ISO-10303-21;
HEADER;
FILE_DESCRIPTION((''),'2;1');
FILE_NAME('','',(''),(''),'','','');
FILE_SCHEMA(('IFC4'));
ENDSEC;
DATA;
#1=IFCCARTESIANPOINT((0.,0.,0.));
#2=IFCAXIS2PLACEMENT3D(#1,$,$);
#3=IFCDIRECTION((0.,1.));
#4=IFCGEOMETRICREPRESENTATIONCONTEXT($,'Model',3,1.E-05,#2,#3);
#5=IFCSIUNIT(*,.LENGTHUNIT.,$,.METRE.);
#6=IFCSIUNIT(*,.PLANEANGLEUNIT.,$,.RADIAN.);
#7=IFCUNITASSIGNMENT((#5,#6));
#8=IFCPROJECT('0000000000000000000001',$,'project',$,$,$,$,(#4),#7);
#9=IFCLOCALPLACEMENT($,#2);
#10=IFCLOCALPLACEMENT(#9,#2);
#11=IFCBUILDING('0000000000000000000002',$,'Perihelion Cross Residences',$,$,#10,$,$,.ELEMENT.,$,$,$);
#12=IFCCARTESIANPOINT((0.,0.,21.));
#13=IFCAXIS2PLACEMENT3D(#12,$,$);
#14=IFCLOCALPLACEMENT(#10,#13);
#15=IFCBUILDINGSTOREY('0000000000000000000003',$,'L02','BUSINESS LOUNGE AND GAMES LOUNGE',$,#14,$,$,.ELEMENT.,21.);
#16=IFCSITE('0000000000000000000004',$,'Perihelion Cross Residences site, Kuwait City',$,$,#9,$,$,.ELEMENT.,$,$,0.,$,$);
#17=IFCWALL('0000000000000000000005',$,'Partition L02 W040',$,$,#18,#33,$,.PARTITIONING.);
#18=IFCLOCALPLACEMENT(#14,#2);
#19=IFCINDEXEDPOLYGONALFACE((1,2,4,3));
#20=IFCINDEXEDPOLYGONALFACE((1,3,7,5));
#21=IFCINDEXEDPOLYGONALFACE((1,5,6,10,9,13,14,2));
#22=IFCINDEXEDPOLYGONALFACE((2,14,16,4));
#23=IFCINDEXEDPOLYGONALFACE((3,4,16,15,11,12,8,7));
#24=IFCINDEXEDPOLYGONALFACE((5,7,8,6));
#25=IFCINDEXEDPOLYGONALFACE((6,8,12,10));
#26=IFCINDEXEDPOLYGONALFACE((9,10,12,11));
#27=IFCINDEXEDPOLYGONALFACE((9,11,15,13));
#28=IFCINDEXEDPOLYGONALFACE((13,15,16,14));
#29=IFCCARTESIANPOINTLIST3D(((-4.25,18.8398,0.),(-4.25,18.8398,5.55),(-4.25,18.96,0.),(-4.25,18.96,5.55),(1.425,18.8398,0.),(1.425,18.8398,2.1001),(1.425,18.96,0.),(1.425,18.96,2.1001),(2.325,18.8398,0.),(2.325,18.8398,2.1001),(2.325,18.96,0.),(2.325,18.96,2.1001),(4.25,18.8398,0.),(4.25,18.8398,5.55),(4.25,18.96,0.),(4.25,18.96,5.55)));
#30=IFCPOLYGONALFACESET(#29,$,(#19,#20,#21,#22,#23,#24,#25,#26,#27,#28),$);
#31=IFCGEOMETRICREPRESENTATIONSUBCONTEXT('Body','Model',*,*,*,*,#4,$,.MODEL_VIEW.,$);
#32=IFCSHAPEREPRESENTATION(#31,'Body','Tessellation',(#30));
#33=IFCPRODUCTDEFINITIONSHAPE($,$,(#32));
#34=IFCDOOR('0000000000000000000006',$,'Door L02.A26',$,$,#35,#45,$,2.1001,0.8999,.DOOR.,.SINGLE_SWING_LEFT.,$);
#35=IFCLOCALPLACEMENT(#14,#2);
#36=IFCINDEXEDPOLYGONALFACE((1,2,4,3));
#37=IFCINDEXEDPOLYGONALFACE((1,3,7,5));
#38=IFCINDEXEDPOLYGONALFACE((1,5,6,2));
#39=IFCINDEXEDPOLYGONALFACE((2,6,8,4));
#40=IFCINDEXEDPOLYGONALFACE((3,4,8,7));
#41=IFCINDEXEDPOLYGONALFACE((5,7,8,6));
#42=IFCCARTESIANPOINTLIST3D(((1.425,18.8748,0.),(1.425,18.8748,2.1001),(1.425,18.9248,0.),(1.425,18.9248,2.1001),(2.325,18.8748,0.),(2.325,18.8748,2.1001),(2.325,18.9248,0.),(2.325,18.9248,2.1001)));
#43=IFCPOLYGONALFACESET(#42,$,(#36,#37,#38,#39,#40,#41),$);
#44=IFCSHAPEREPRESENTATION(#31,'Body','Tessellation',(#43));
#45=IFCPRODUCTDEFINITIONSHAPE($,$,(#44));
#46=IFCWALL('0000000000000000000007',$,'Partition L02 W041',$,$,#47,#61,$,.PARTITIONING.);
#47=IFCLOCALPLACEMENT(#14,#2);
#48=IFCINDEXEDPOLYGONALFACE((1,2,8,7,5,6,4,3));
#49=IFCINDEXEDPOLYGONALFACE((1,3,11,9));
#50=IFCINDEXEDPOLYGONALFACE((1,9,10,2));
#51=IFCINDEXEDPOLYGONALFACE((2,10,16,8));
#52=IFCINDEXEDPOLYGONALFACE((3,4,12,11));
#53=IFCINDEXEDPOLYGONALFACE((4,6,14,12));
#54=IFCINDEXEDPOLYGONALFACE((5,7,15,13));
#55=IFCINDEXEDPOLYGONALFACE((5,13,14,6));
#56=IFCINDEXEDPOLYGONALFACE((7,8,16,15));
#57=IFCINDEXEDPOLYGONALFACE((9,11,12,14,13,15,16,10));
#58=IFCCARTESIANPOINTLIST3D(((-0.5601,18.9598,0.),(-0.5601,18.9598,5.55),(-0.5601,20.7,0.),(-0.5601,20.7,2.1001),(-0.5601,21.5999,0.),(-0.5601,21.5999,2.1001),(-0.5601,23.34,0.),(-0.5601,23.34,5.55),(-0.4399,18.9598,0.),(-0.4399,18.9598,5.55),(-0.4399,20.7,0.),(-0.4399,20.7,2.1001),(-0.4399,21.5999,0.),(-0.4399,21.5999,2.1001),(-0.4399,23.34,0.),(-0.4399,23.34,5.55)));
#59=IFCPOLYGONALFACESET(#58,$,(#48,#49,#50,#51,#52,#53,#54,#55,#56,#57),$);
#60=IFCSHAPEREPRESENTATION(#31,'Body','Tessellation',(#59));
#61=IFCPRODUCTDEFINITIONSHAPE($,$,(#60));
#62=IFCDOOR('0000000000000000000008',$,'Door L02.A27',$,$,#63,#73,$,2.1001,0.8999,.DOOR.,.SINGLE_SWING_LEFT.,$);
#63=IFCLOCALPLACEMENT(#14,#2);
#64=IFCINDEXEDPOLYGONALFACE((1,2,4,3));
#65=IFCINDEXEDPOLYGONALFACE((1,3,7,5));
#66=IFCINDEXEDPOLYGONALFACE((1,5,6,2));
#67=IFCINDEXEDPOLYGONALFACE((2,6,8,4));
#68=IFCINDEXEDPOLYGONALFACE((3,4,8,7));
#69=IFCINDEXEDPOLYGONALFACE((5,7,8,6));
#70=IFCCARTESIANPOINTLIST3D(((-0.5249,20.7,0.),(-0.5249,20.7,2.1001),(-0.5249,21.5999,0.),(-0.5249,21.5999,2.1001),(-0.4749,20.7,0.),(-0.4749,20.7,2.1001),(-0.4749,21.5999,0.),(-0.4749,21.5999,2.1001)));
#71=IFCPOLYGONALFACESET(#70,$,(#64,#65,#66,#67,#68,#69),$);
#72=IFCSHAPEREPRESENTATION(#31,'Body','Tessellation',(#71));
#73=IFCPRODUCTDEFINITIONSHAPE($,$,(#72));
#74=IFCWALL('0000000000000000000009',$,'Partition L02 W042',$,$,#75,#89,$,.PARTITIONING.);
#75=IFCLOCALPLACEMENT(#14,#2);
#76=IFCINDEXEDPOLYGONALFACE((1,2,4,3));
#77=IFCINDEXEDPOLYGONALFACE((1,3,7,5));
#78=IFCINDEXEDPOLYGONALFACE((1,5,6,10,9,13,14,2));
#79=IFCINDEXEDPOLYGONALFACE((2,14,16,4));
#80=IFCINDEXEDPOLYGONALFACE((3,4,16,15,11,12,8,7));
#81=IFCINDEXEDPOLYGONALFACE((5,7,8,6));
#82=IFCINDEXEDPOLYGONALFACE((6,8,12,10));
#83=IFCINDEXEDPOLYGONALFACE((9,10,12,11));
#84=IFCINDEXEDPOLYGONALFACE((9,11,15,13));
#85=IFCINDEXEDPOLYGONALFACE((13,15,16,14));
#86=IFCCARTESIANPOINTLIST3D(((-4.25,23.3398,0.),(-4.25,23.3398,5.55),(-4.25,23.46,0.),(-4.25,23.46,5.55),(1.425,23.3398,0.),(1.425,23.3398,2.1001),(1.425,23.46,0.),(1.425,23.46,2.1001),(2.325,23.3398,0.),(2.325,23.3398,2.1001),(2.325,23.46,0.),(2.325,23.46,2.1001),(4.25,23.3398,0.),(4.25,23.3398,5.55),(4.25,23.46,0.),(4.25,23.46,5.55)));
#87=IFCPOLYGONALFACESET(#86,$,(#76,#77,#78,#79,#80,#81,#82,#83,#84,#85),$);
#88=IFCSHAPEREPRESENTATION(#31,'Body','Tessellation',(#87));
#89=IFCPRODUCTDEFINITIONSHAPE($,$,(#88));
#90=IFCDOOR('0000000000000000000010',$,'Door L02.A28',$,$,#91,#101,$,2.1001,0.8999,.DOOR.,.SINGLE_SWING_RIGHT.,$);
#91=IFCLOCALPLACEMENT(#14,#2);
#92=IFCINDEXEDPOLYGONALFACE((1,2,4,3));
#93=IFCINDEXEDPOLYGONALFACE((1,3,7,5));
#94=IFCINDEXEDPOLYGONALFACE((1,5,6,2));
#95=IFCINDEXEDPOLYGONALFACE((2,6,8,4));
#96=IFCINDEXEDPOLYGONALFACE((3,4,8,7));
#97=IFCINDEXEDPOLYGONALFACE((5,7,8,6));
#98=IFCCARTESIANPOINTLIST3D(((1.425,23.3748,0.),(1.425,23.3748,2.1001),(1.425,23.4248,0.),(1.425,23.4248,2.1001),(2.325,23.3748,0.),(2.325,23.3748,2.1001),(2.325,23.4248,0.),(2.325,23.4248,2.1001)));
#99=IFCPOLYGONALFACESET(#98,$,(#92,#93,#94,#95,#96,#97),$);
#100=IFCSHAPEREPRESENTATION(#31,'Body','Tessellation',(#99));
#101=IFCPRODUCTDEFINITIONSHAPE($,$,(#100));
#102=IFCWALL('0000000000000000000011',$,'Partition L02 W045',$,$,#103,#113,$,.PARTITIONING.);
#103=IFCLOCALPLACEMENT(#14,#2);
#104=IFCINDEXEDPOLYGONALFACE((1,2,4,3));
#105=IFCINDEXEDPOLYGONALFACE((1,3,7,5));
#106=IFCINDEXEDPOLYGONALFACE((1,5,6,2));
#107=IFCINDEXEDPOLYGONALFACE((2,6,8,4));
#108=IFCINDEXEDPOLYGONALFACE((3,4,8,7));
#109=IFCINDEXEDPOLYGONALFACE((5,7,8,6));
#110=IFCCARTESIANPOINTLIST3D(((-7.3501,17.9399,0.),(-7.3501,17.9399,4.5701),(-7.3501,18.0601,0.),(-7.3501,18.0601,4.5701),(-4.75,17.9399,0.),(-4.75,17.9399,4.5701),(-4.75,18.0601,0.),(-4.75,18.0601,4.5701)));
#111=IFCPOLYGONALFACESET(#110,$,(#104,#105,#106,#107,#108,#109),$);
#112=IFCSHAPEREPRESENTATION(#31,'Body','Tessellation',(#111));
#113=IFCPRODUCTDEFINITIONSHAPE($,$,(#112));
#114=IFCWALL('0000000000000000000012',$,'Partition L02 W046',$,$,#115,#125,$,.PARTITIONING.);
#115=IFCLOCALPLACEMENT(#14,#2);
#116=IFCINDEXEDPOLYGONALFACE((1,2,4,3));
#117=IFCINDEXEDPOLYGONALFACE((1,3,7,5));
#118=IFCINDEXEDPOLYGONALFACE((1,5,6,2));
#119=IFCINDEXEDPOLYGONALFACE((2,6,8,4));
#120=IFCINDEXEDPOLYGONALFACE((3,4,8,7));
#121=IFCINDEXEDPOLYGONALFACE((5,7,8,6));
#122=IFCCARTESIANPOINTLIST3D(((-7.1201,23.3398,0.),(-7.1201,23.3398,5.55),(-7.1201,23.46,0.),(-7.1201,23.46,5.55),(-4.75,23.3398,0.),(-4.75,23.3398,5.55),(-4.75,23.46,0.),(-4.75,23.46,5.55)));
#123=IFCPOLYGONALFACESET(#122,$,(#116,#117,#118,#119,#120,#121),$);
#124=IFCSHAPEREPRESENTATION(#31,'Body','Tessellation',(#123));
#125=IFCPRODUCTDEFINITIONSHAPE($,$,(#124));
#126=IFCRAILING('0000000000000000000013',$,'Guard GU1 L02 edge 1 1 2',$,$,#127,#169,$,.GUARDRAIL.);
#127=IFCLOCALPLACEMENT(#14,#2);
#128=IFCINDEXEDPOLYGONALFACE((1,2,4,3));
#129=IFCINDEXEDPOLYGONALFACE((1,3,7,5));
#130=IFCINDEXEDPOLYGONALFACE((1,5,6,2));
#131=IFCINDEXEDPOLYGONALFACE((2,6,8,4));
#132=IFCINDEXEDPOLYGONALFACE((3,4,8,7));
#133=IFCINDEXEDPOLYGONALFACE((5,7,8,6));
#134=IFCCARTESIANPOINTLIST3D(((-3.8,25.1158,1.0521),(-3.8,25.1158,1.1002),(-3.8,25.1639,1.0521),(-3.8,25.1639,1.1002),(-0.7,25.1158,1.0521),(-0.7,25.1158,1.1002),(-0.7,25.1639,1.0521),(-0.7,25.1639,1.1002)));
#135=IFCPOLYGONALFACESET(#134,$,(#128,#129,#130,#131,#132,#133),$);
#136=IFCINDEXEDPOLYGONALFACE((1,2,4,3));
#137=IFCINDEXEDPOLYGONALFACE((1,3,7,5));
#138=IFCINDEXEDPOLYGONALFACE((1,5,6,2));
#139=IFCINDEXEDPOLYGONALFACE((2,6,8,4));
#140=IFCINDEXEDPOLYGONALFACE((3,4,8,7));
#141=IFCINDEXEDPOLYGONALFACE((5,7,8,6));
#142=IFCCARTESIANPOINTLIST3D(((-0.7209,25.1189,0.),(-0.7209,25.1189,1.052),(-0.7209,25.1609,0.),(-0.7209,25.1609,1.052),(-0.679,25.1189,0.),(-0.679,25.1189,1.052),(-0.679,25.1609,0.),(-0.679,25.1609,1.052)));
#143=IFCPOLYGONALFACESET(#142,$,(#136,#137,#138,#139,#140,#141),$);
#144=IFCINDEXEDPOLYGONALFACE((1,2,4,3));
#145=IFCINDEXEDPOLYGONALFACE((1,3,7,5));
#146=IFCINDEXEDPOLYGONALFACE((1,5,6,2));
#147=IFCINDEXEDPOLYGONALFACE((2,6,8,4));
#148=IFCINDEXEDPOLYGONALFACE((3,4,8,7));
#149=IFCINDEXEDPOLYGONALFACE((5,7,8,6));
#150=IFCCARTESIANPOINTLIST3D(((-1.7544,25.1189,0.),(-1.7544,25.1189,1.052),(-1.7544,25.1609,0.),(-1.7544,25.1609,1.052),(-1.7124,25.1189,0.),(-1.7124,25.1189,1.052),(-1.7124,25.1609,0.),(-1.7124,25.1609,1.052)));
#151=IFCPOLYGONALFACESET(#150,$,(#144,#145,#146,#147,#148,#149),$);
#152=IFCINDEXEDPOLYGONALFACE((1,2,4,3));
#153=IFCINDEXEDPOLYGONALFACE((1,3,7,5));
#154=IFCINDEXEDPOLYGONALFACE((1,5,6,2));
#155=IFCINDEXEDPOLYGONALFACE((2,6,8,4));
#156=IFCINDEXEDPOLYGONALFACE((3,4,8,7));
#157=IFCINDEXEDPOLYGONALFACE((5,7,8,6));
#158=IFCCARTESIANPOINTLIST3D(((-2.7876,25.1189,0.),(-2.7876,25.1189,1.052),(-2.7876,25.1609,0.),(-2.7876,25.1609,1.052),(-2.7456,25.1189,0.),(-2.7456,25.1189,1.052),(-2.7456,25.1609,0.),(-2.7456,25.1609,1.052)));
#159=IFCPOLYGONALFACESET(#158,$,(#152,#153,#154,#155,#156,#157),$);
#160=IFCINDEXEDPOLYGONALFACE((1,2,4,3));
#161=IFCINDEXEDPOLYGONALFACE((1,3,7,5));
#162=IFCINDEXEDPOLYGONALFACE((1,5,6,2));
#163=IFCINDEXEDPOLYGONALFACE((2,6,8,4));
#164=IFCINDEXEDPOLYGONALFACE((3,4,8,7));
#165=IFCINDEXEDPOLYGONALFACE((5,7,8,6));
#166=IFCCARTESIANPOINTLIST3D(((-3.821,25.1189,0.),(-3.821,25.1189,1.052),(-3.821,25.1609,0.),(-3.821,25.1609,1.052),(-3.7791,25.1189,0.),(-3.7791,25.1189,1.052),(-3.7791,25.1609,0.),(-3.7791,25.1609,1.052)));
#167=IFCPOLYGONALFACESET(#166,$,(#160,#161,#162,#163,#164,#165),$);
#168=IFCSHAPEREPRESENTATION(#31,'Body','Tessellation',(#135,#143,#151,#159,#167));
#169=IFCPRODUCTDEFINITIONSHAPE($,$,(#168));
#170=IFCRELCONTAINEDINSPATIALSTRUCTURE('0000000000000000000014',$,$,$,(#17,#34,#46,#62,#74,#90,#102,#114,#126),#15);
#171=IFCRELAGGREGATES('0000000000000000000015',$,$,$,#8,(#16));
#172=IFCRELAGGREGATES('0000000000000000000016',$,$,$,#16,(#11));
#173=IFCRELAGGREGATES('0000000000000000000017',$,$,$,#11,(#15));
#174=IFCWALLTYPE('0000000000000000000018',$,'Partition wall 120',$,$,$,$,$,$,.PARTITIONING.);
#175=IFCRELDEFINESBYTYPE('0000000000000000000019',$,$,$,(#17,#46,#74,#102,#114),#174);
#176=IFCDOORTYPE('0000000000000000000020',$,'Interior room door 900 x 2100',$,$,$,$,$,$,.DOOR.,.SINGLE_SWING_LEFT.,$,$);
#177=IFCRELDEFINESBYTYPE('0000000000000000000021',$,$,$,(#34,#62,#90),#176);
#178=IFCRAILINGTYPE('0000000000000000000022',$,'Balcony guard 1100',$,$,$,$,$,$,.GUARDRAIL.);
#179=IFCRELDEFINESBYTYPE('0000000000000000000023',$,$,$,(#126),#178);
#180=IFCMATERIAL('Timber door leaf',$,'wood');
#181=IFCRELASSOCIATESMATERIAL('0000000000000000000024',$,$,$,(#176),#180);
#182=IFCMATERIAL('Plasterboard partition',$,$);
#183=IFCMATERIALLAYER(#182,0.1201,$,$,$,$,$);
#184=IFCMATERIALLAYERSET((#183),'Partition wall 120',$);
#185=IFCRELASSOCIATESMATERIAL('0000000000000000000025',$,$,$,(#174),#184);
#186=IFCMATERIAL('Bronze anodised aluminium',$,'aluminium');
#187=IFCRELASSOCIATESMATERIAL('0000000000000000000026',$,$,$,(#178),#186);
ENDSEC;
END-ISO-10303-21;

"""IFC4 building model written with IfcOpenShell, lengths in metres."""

from ifc_helpers import new_model, si_unit, direction, frame, frame_2d, origin, origin_2d, place, context, subcontext, project, spatial, rectangle, extrude, material, layer, layer_set, type_object, element, fill, save


model = new_model("IFC4")

# Units and contexts
model_context = context("Model", 3, precision=1e-05, world=origin(), true_north=direction((0.0, 1.0)))
body_context = subcontext(model_context, "Body", "Model", "MODEL_VIEW")
ifc_project = project(units=[si_unit("LENGTHUNIT", "METRE"), si_unit("PLANEANGLEUNIT", "RADIAN")], contexts=[model_context])

# Site, building, storey
site_placement = place(None, origin())
site = spatial("IfcSite", under=ifc_project, at=site_placement, Name="Perihelion Cross Residences site, Kuwait City", CompositionType="ELEMENT", RefElevation=0.0)
building_placement = place(site_placement, origin())
building = spatial("IfcBuilding", under=site, at=building_placement, Name="Perihelion Cross Residences", CompositionType="ELEMENT")
storey_placement = place(building_placement, frame((0.0, 0.0, 21.0)))
storey = spatial("IfcBuildingStorey", under=building, at=storey_placement, Name="L02", Description="BUSINESS LOUNGE AND GAMES LOUNGE", CompositionType="ELEMENT", Elevation=21.0)

# Walls, openings, doors
ifc_material_1 = material(Name="Timber door leaf", Category="wood")
door_type = type_object("IfcDoorType", Name="Interior room door 900 x 2100", OperationType="SINGLE_SWING_LEFT", PredefinedType="DOOR", material=ifc_material_1)
ifc_material_2 = material(Name="Plasterboard partition")
ifc_layer_1 = layer(ifc_material_2, 0.1201)
ifc_layer_set_1 = layer_set([ifc_layer_1], Name="Partition wall 120")
wall_type_1 = type_object("IfcWallType", Name="Partition wall 120", PredefinedType="PARTITIONING", material=ifc_layer_set_1)
wall_1_placement = place(storey_placement, frame((-4.25, 18.8999, 0.0), z_axis=(0.0, 0.0, 1.0), x_axis=(1.0, 0.0, 0.0)))
wall_1 = element("IfcWall", 1, at=wall_1_placement, inside=storey, type_object=wall_type_1, Name="Partition L02 W040", PredefinedType="PARTITIONING", context=body_context, shape_type="SweptSolid", body=[
    extrude(rectangle(XDim=8.5, YDim=0.1201, at=frame_2d((4.25, 0.0))), origin(), (0.0, 0.0, 1.0), 5.55),
])
opening_1_placement = place(wall_1_placement, frame((5.675, 0.0, 0.0)))
opening_1 = element("IfcOpeningElement", 2, at=opening_1_placement, cuts=wall_1, PredefinedType="OPENING", context=body_context, shape_type="SweptSolid", body=[
    extrude(rectangle(XDim=0.8999, YDim=2.1001, at=frame_2d((0.45, 1.05))), frame((0.0, 0.0701, 0.0), z_axis=(0.0, -1.0, 0.0), x_axis=(1.0, 0.0, 0.0)), (0.0, 0.0, 1.0), 0.1401),
])
door_1_placement = place(opening_1_placement, origin())
door_1 = element("IfcDoor", 3, at=door_1_placement, inside=storey, type_object=door_type, Name="Door L02.A26", OperationType="SINGLE_SWING_LEFT", OverallHeight=2.1001, OverallWidth=0.8999, PredefinedType="DOOR", context=body_context, shape_type="SweptSolid", body=[
    extrude(rectangle(XDim=0.8999, YDim=2.1001, at=frame_2d((0.45, 1.05))), frame((0.0, 0.0249, 0.0), z_axis=(0.0, -1.0, 0.0), x_axis=(1.0, 0.0, 0.0)), (0.0, 0.0, 1.0), 0.05),
])
fill(opening_1, door_1)
wall_2_placement = place(storey_placement, frame((-0.5, 18.96, 0.0), z_axis=(0.0, 0.0, 1.0), x_axis=(0.0, 1.0, 0.0)))
wall_2 = element("IfcWall", 4, at=wall_2_placement, inside=storey, type_object=wall_type_1, Name="Partition L02 W041", PredefinedType="PARTITIONING", context=body_context, shape_type="SweptSolid", body=[
    extrude(rectangle(XDim=4.3801, YDim=0.1201, at=frame_2d((2.1899, 0.0))), origin(), (0.0, 0.0, 1.0), 5.55),
])
opening_2_placement = place(wall_2_placement, frame((1.74, 0.0, 0.0)))
opening_2 = element("IfcOpeningElement", 5, at=opening_2_placement, cuts=wall_2, PredefinedType="OPENING", context=body_context, shape_type="SweptSolid", body=[
    extrude(rectangle(XDim=0.8999, YDim=2.1001, at=frame_2d((0.45, 1.05))), frame((0.0, 0.0701, 0.0), z_axis=(0.0, -1.0, 0.0), x_axis=(1.0, 0.0, 0.0)), (0.0, 0.0, 1.0), 0.1401),
])
door_2_placement = place(opening_2_placement, origin())
door_2 = element("IfcDoor", 6, at=door_2_placement, inside=storey, type_object=door_type, Name="Door L02.A27", OperationType="SINGLE_SWING_LEFT", OverallHeight=2.1001, OverallWidth=0.8999, PredefinedType="DOOR", context=body_context, shape_type="SweptSolid", body=[
    extrude(rectangle(XDim=0.8999, YDim=2.1001, at=frame_2d((0.45, 1.05))), frame((0.0, 0.0249, 0.0), z_axis=(0.0, -1.0, 0.0), x_axis=(1.0, 0.0, 0.0)), (0.0, 0.0, 1.0), 0.05),
])
fill(opening_2, door_2)
wall_3_placement = place(storey_placement, frame((-4.25, 23.3999, 0.0), z_axis=(0.0, 0.0, 1.0), x_axis=(1.0, 0.0, 0.0)))
wall_3 = element("IfcWall", 7, at=wall_3_placement, inside=storey, type_object=wall_type_1, Name="Partition L02 W042", PredefinedType="PARTITIONING", context=body_context, shape_type="SweptSolid", body=[
    extrude(rectangle(XDim=8.5, YDim=0.1201, at=frame_2d((4.25, 0.0))), origin(), (0.0, 0.0, 1.0), 5.55),
])
opening_3_placement = place(wall_3_placement, frame((5.675, 0.0, 0.0)))
opening_3 = element("IfcOpeningElement", 8, at=opening_3_placement, cuts=wall_3, PredefinedType="OPENING", context=body_context, shape_type="SweptSolid", body=[
    extrude(rectangle(XDim=0.8999, YDim=2.1001, at=frame_2d((0.45, 1.05))), frame((0.0, 0.0701, 0.0), z_axis=(0.0, -1.0, 0.0), x_axis=(1.0, 0.0, 0.0)), (0.0, 0.0, 1.0), 0.1401),
])
door_3_placement = place(opening_3_placement, origin())
door_3 = element("IfcDoor", 9, at=door_3_placement, inside=storey, type_object=door_type, Name="Door L02.A28", OperationType="SINGLE_SWING_RIGHT", OverallHeight=2.1001, OverallWidth=0.8999, PredefinedType="DOOR", context=body_context, shape_type="SweptSolid", body=[
    extrude(rectangle(XDim=0.8999, YDim=2.1001, at=frame_2d((0.45, 1.05))), frame((0.0, 0.0249, 0.0), z_axis=(0.0, -1.0, 0.0), x_axis=(1.0, 0.0, 0.0)), (0.0, 0.0, 1.0), 0.05),
])
fill(opening_3, door_3)

# Walls
wall_4_placement = place(storey_placement, frame((-7.3501, 18.0, 0.0), z_axis=(0.0, 0.0, 1.0), x_axis=(1.0, 0.0, 0.0)))
element("IfcWall", 10, at=wall_4_placement, inside=storey, type_object=wall_type_1, Name="Partition L02 W045", PredefinedType="PARTITIONING", context=body_context, shape_type="SweptSolid", body=[
    extrude(rectangle(XDim=2.6001, YDim=0.1201, at=frame_2d((1.3, 0.0))), origin(), (0.0, 0.0, 1.0), 4.5701),
])
wall_5_placement = place(storey_placement, frame((-7.1201, 23.3999, 0.0), z_axis=(0.0, 0.0, 1.0), x_axis=(1.0, 0.0, 0.0)))
element("IfcWall", 11, at=wall_5_placement, inside=storey, type_object=wall_type_1, Name="Partition L02 W046", PredefinedType="PARTITIONING", context=body_context, shape_type="SweptSolid", body=[
    extrude(rectangle(XDim=2.3701, YDim=0.1201, at=frame_2d((1.1851, 0.0))), origin(), (0.0, 0.0, 1.0), 5.55),
])

# Railing
ifc_material_3 = material(Name="Bronze anodised aluminium", Category="aluminium")
railing_type = type_object("IfcRailingType", Name="Balcony guard 1100", PredefinedType="GUARDRAIL", material=ifc_material_3)
railing_placement = place(storey_placement, frame((-0.7, 25.1399, 0.0)))
element("IfcRailing", 12, at=railing_placement, inside=storey, type_object=railing_type, Name="Guard GU1 L02 edge 1 1 2", PredefinedType="GUARDRAIL", context=body_context, shape_type="SweptSolid", body=[
    extrude(rectangle(XDim=0.0481, YDim=0.0481, at=origin_2d()), frame((0.0, 0.0, 1.0762), z_axis=(-1.0, 0.0, 0.0), x_axis=(0.0, -1.0, 0.0)), (0.0, 0.0, 1.0), 3.1001),
    extrude(rectangle(XDim=0.042, YDim=0.042, at=origin_2d()), origin(), (0.0, 0.0, 1.0), 1.052),
    extrude(rectangle(XDim=0.042, YDim=0.042, at=origin_2d()), frame((-1.0334, 0.0, 0.0)), (0.0, 0.0, 1.0), 1.052),
    extrude(rectangle(XDim=0.042, YDim=0.042, at=origin_2d()), frame((-2.0667, 0.0, 0.0)), (0.0, 0.0, 1.0), 1.052),
    extrude(rectangle(XDim=0.042, YDim=0.042, at=origin_2d()), frame((-3.1001, 0.0, 0.0)), (0.0, 0.0, 1.0), 1.052),
])

save(model, "model.ifc")
